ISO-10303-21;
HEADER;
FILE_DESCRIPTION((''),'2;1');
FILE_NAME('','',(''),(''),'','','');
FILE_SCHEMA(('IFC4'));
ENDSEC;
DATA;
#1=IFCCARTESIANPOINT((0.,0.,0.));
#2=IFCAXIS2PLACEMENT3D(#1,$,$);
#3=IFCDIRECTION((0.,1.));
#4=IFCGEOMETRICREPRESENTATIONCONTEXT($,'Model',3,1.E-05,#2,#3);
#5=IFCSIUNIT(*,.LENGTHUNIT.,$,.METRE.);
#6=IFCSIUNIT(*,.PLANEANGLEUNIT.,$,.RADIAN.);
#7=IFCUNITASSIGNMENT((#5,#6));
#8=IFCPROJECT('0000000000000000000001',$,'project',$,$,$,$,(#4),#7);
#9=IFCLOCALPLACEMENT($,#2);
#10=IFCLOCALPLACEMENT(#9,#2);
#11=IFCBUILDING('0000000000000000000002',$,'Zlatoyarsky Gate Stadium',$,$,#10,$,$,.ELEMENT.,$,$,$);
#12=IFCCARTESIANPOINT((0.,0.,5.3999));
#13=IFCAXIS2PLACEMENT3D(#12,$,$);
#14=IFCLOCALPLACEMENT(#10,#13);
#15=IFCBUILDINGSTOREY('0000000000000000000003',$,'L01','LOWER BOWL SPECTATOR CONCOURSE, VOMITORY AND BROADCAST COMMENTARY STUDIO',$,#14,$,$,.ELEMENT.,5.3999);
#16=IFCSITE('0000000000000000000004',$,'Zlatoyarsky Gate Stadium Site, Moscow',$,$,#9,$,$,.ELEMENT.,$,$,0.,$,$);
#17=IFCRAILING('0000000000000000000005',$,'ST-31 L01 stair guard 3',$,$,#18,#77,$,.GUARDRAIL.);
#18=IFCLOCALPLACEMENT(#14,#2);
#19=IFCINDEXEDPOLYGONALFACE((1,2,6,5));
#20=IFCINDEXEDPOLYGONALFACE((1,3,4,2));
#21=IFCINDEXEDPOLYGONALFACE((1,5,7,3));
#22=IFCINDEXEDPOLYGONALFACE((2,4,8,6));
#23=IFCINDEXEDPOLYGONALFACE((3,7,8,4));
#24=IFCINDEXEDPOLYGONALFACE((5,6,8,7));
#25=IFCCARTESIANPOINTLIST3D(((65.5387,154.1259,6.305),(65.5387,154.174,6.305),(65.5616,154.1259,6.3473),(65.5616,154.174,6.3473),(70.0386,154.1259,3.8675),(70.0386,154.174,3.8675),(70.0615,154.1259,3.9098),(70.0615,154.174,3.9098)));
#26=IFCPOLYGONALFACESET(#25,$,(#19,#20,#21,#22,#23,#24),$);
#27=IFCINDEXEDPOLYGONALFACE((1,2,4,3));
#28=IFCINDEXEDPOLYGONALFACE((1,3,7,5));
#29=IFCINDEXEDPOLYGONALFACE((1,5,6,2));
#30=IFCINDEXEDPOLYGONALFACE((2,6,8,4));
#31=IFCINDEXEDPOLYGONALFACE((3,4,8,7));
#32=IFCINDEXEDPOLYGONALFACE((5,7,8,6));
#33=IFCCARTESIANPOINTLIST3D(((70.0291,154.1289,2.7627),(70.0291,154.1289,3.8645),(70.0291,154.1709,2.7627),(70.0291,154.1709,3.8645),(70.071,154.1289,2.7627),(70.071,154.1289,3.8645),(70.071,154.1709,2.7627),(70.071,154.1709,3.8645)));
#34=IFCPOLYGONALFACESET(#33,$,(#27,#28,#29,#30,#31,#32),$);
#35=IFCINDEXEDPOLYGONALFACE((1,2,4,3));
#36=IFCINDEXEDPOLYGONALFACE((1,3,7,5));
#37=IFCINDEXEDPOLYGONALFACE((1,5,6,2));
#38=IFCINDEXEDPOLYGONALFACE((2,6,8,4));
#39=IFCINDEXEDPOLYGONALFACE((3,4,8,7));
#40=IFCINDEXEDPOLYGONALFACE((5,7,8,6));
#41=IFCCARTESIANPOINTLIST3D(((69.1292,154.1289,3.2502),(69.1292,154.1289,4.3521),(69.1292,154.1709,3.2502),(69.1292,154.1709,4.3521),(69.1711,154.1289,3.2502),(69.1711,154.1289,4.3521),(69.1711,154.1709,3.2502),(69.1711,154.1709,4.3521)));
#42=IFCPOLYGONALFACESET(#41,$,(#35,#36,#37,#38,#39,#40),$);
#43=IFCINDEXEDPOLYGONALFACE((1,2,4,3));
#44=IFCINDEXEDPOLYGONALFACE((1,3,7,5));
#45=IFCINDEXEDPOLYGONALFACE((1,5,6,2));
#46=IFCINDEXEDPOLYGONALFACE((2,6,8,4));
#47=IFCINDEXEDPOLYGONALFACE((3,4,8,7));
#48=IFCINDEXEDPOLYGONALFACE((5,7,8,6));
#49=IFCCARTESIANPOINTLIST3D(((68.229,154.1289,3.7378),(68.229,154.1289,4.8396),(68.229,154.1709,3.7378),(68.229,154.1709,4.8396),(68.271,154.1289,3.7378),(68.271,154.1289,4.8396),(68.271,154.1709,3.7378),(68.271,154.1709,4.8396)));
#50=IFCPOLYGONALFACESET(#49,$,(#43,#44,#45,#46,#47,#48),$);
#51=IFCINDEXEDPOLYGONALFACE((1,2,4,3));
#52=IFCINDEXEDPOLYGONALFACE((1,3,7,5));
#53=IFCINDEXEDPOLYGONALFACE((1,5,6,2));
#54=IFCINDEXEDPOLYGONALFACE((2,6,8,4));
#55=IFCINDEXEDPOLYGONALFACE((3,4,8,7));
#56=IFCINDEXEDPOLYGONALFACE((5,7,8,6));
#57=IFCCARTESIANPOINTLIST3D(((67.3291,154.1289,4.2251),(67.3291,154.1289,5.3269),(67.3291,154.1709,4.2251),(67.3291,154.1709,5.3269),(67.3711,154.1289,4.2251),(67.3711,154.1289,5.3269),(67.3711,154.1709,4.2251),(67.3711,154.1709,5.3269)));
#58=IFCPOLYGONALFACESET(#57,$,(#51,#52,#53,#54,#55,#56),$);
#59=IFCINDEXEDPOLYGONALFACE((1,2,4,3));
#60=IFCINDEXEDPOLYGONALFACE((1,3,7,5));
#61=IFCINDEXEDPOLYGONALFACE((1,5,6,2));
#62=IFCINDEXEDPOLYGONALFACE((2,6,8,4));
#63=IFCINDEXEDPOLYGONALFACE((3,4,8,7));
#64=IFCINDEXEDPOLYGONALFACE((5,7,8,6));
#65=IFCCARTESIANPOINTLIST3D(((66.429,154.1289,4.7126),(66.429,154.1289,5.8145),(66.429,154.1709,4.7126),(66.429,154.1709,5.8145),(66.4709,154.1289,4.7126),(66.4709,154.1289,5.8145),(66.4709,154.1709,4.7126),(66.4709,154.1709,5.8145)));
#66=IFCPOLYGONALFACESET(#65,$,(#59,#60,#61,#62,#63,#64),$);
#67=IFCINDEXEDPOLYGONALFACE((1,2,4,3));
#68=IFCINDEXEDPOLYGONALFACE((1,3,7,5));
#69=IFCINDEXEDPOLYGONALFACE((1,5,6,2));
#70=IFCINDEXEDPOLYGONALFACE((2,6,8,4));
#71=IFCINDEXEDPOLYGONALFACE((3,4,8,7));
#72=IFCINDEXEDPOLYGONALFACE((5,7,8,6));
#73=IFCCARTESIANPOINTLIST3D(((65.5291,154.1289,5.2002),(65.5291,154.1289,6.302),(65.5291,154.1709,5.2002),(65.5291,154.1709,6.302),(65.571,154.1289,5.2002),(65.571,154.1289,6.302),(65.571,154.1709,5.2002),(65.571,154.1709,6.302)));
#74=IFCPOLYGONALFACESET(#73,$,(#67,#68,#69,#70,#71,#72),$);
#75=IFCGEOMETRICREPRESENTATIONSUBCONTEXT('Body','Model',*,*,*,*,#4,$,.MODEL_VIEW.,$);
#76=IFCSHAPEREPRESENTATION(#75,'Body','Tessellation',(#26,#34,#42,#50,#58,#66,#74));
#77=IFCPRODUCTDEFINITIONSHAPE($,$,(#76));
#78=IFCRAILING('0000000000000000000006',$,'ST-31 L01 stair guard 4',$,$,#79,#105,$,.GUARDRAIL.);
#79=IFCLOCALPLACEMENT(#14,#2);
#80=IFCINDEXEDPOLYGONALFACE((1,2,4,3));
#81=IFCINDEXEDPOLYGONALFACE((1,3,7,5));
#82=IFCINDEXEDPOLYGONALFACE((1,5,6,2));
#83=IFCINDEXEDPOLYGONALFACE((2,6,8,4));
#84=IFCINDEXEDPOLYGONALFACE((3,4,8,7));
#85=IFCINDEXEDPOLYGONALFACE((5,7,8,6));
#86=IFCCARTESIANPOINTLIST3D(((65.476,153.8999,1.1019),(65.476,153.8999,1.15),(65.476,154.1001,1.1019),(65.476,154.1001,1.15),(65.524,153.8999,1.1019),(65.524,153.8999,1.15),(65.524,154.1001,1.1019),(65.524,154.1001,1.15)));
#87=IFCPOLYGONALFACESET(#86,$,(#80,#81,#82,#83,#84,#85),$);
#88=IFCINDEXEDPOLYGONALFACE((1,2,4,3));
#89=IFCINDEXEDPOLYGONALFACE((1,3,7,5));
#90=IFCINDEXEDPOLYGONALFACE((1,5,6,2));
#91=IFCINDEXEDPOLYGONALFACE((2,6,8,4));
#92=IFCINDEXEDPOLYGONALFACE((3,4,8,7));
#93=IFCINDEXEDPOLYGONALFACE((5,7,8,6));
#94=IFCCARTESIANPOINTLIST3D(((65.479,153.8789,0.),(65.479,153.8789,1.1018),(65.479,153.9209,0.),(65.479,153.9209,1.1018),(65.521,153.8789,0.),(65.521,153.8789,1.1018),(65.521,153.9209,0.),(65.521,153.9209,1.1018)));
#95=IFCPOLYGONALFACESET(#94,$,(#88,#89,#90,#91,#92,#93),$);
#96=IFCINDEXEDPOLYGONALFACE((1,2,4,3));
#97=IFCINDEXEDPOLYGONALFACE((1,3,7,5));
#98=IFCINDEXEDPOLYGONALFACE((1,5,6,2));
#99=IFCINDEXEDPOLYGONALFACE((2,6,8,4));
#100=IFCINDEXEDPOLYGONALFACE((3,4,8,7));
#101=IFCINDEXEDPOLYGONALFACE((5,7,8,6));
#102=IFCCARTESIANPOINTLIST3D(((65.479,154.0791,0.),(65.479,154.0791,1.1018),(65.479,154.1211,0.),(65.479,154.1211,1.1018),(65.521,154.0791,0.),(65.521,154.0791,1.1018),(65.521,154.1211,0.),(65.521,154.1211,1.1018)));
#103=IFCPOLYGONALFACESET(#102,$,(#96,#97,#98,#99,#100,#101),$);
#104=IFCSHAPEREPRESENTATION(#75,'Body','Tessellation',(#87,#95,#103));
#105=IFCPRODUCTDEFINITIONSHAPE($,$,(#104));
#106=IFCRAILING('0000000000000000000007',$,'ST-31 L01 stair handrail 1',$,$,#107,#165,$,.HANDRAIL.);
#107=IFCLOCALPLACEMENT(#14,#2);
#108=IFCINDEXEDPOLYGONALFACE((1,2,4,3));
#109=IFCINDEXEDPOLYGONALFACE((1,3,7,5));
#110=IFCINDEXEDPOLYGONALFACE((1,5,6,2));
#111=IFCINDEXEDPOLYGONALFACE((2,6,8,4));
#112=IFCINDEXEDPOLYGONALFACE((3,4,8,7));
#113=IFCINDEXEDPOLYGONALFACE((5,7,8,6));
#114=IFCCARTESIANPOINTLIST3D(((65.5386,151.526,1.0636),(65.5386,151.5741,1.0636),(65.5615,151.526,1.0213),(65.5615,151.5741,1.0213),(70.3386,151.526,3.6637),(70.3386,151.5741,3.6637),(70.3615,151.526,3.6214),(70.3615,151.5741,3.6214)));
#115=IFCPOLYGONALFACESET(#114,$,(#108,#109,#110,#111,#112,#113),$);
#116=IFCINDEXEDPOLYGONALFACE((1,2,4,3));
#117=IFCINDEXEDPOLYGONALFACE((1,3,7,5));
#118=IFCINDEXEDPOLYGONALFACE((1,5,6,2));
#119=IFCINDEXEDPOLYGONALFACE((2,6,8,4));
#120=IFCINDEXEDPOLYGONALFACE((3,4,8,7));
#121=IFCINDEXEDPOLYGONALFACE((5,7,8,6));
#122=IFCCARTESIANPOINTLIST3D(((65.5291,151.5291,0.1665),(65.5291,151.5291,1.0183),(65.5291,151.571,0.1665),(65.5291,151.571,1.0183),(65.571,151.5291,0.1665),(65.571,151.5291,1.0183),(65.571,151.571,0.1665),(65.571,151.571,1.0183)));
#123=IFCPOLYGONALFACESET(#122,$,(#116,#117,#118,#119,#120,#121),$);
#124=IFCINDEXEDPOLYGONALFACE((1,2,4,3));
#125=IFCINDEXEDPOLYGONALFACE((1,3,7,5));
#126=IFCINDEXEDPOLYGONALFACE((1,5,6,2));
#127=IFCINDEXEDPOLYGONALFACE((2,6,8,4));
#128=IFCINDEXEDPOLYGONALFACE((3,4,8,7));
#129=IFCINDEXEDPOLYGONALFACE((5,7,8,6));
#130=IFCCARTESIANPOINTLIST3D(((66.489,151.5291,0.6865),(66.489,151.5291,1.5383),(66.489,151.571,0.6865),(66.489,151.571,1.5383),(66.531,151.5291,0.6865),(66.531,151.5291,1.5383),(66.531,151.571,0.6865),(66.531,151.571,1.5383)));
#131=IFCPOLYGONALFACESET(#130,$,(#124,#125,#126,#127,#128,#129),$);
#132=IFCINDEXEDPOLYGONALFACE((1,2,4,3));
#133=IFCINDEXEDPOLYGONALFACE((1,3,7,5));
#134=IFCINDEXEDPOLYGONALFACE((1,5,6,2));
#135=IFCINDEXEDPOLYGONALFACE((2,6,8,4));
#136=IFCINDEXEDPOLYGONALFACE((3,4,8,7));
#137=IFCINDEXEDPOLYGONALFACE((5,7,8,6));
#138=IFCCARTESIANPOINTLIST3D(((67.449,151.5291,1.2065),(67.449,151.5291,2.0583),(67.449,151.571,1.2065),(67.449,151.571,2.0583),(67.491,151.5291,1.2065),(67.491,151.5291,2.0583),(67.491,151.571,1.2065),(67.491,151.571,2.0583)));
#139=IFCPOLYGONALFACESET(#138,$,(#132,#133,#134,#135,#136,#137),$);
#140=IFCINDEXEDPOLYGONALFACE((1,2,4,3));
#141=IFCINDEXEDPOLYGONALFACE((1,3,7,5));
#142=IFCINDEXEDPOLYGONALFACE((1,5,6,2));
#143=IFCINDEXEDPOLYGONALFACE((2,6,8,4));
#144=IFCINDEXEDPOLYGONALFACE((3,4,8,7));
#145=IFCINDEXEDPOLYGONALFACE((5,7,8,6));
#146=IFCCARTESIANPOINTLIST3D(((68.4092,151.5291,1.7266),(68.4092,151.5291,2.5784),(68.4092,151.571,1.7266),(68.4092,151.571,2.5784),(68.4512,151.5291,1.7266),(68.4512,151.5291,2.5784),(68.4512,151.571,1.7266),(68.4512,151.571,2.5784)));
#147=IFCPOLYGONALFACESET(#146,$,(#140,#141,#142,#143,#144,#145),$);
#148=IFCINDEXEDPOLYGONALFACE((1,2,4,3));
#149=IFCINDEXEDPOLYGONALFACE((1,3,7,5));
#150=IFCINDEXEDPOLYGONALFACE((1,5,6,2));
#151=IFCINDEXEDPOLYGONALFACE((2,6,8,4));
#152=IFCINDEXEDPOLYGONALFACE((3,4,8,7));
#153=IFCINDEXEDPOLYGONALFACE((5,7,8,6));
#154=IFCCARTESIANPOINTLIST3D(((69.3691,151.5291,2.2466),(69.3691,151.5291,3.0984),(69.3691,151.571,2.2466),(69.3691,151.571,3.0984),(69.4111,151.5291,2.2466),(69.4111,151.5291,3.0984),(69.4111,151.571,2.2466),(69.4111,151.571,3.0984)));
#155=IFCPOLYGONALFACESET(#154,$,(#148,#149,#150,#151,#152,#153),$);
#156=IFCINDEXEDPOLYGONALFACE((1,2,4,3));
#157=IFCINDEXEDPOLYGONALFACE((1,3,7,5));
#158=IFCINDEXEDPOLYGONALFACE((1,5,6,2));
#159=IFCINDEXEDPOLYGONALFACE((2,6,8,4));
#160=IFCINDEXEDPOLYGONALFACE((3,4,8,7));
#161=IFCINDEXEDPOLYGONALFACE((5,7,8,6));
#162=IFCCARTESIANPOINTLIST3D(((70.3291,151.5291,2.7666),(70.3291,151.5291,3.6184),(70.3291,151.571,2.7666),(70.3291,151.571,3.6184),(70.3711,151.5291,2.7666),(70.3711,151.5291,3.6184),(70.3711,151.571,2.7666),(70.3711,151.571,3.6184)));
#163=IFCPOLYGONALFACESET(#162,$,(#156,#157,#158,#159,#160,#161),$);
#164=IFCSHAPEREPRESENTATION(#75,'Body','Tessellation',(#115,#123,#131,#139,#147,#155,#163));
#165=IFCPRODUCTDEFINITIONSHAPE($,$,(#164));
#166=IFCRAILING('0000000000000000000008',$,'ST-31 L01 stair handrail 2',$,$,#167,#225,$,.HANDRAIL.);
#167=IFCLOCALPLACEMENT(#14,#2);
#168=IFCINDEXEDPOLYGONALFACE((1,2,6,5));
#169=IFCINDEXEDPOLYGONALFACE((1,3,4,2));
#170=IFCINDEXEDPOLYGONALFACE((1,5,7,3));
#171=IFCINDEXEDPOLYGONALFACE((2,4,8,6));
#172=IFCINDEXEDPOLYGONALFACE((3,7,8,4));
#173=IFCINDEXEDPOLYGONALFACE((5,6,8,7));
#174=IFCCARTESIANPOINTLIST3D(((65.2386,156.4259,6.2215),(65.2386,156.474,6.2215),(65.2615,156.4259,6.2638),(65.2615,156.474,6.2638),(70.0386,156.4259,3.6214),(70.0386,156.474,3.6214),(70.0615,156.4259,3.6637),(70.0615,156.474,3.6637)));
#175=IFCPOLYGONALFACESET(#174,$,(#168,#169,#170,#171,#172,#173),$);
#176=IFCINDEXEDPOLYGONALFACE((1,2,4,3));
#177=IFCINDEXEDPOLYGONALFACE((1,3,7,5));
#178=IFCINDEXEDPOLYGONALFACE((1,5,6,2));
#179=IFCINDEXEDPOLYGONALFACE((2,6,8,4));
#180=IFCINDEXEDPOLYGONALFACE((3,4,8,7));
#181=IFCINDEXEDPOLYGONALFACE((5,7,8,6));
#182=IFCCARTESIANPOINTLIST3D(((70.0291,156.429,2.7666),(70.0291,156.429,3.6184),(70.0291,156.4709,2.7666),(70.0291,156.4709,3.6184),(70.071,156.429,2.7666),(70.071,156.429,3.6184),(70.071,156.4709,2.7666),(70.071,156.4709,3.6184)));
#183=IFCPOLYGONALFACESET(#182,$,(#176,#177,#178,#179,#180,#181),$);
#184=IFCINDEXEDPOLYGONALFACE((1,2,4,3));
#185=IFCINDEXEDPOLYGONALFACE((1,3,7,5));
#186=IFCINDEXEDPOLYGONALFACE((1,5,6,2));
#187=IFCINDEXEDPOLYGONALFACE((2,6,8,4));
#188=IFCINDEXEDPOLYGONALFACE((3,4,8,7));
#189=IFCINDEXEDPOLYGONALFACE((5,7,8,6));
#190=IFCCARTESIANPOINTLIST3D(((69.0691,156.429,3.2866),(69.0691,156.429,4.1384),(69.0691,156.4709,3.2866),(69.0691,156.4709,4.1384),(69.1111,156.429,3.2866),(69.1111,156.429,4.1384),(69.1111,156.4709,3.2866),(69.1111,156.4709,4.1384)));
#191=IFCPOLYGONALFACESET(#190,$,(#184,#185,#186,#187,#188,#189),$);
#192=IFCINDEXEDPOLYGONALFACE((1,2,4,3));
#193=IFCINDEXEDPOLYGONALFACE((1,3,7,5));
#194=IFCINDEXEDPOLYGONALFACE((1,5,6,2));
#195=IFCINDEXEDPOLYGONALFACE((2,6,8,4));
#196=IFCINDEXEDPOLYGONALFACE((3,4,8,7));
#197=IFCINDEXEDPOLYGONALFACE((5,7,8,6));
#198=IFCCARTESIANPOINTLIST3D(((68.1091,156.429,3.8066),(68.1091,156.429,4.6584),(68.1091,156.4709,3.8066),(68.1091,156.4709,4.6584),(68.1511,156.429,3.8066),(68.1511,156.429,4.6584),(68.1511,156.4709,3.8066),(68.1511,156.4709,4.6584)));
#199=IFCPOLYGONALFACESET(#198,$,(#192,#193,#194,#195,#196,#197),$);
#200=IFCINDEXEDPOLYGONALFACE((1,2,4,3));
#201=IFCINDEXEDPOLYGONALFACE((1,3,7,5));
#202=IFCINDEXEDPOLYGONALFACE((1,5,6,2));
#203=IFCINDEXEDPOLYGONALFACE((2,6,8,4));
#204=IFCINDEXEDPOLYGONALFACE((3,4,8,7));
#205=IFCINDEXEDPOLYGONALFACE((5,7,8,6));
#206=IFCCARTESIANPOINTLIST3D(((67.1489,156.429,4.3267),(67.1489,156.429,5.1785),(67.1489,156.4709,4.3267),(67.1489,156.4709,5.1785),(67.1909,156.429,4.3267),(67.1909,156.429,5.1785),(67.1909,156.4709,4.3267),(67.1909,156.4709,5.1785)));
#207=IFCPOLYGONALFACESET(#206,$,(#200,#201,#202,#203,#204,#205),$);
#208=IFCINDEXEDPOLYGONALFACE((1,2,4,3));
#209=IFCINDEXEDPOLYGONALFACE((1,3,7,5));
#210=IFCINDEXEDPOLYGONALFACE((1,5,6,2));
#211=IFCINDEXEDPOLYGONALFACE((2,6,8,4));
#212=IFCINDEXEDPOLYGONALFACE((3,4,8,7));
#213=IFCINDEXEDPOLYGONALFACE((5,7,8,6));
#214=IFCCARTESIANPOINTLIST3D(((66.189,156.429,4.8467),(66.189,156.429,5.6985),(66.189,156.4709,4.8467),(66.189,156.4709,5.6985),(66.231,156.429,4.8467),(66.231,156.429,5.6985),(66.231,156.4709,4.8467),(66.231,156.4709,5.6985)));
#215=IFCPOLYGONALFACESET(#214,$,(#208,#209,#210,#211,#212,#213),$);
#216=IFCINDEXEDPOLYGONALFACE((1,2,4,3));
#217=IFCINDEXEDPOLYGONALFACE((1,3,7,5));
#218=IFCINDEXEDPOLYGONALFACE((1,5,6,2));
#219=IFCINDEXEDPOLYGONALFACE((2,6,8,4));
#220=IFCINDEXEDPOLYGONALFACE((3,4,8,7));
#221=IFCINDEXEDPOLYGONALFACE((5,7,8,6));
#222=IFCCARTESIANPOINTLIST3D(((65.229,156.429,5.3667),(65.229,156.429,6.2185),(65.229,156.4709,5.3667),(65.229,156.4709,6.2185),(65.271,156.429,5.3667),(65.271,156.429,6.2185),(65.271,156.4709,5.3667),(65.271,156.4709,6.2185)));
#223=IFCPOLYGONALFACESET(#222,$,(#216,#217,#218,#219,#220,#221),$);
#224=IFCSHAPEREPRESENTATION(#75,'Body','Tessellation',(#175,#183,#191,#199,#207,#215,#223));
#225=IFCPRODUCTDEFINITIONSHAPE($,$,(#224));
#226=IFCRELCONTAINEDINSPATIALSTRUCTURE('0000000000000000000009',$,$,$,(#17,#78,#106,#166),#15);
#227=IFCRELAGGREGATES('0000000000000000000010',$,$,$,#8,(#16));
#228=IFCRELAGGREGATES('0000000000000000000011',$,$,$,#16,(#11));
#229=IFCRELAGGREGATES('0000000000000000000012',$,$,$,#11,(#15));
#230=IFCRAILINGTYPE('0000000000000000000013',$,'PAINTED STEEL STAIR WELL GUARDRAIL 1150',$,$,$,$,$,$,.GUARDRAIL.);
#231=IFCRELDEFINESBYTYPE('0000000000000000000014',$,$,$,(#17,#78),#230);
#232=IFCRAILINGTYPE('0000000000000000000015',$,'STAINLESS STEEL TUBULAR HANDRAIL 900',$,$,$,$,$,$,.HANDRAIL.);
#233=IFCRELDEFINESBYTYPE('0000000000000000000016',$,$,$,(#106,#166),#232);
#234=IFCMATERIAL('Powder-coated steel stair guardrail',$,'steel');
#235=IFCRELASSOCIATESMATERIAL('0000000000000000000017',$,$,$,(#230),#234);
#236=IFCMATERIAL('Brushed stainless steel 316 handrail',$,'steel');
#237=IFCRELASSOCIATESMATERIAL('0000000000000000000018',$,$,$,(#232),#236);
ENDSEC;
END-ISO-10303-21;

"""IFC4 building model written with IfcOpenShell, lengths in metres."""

from ifc_helpers import new_model, si_unit, direction, frame, origin, origin_2d, place, context, subcontext, project, spatial, rectangle, extrude, material, type_object, element, save


model = new_model("IFC4")

# Units and contexts
model_context = context("Model", 3, precision=1e-05, world=origin(), true_north=direction((0.0, 1.0)))
body_context = subcontext(model_context, "Body", "Model", "MODEL_VIEW")
ifc_project = project(units=[si_unit("LENGTHUNIT", "METRE"), si_unit("PLANEANGLEUNIT", "RADIAN")], contexts=[model_context])

# Site, building, storey
site_placement = place(None, origin())
site = spatial("IfcSite", under=ifc_project, at=site_placement, Name="Zlatoyarsky Gate Stadium Site, Moscow", CompositionType="ELEMENT", RefElevation=0.0)
building_placement = place(site_placement, origin())
building = spatial("IfcBuilding", under=site, at=building_placement, Name="Zlatoyarsky Gate Stadium", CompositionType="ELEMENT")
storey_placement = place(building_placement, frame((0.0, 0.0, 5.3999)))
storey = spatial("IfcBuildingStorey", under=building, at=storey_placement, Name="L01", Description="LOWER BOWL SPECTATOR CONCOURSE, VOMITORY AND BROADCAST COMMENTARY STUDIO", CompositionType="ELEMENT", Elevation=5.3999)

# Railings
ifc_material_1 = material(Name="Powder-coated steel stair guardrail", Category="steel")
railing_type_1 = type_object("IfcRailingType", Name="PAINTED STEEL STAIR WELL GUARDRAIL 1150", PredefinedType="GUARDRAIL", material=ifc_material_1)
railing_1_placement = place(storey_placement, frame((70.05, 154.1499, 2.7627)))
element("IfcRailing", 1, at=railing_1_placement, inside=storey, type_object=railing_type_1, Name="ST-31 L01 stair guard 3", PredefinedType="GUARDRAIL", context=body_context, shape_type="SweptSolid", body=[
    extrude(rectangle(XDim=0.0481, YDim=0.0481, at=origin_2d()), frame((0.0, 0.0, 1.126), z_axis=(-0.879292, 0.0, 0.476283), x_axis=(0.0, -1.0, 0.0)), (0.0, 0.0, 1.0), 5.1177),
    extrude(rectangle(XDim=0.042, YDim=0.042, at=origin_2d()), origin(), (0.0, 0.0, 1.0), 1.1018),
    extrude(rectangle(XDim=0.042, YDim=0.042, at=origin_2d()), frame((-0.8999, 0.0, 0.4875)), (0.0, 0.0, 1.0), 1.1018),
    extrude(rectangle(XDim=0.042, YDim=0.042, at=origin_2d()), frame((-1.8, 0.0, 0.9751)), (0.0, 0.0, 1.0), 1.1018),
    extrude(rectangle(XDim=0.042, YDim=0.042, at=origin_2d()), frame((-2.7, 0.0, 1.4624)), (0.0, 0.0, 1.0), 1.1018),
    extrude(rectangle(XDim=0.042, YDim=0.042, at=origin_2d()), frame((-3.6001, 0.0, 1.95)), (0.0, 0.0, 1.0), 1.1018),
    extrude(rectangle(XDim=0.042, YDim=0.042, at=origin_2d()), frame((-4.5, 0.0, 2.4375)), (0.0, 0.0, 1.0), 1.1018),
])
railing_2_placement = place(storey_placement, frame((65.5, 153.8999, 0.0)))
element("IfcRailing", 2, at=railing_2_placement, inside=storey, type_object=railing_type_1, Name="ST-31 L01 stair guard 4", PredefinedType="GUARDRAIL", context=body_context, shape_type="SweptSolid", body=[
    extrude(rectangle(XDim=0.0481, YDim=0.0481, at=origin_2d()), frame((0.0, 0.0, 1.126), z_axis=(0.0, 1.0, 0.0), x_axis=(-1.0, 0.0, 0.0)), (0.0, 0.0, 1.0), 0.2002),
    extrude(rectangle(XDim=0.042, YDim=0.042, at=origin_2d()), origin(), (0.0, 0.0, 1.0), 1.1018),
    extrude(rectangle(XDim=0.042, YDim=0.042, at=origin_2d()), frame((0.0, 0.2002, 0.0)), (0.0, 0.0, 1.0), 1.1018),
])
ifc_material_2 = material(Name="Brushed stainless steel 316 handrail", Category="steel")
railing_type_2 = type_object("IfcRailingType", Name="STAINLESS STEEL TUBULAR HANDRAIL 900", PredefinedType="HANDRAIL", material=ifc_material_2)
railing_3_placement = place(storey_placement, frame((65.55, 151.55, 0.1665)))
element("IfcRailing", 3, at=railing_3_placement, inside=storey, type_object=railing_type_2, Name="ST-31 L01 stair handrail 1", PredefinedType="HANDRAIL", context=body_context, shape_type="SweptSolid", body=[
    extrude(rectangle(XDim=0.0481, YDim=0.0481, at=origin_2d()), frame((0.0, 0.0, 0.876), z_axis=(0.879287, 0.0, 0.476293), x_axis=(0.0, 1.0, 0.0)), (0.0, 0.0, 1.0), 5.459),
    extrude(rectangle(XDim=0.042, YDim=0.042, at=origin_2d()), origin(), (0.0, 0.0, 1.0), 0.8518),
    extrude(rectangle(XDim=0.042, YDim=0.042, at=origin_2d()), frame((0.96, 0.0, 0.52)), (0.0, 0.0, 1.0), 0.8518),
    extrude(rectangle(XDim=0.042, YDim=0.042, at=origin_2d()), frame((1.9199, 0.0, 1.04)), (0.0, 0.0, 1.0), 0.8518),
    extrude(rectangle(XDim=0.042, YDim=0.042, at=origin_2d()), frame((2.8801, 0.0, 1.5601)), (0.0, 0.0, 1.0), 0.8518),
    extrude(rectangle(XDim=0.042, YDim=0.042, at=origin_2d()), frame((3.8401, 0.0, 2.0801)), (0.0, 0.0, 1.0), 0.8518),
    extrude(rectangle(XDim=0.042, YDim=0.042, at=origin_2d()), frame((4.8, 0.0, 2.6001)), (0.0, 0.0, 1.0), 0.8518),
])
railing_4_placement = place(storey_placement, frame((70.05, 156.45, 2.7666)))
element("IfcRailing", 4, at=railing_4_placement, inside=storey, type_object=railing_type_2, Name="ST-31 L01 stair handrail 2", PredefinedType="HANDRAIL", context=body_context, shape_type="SweptSolid", body=[
    extrude(rectangle(XDim=0.0481, YDim=0.0481, at=origin_2d()), frame((0.0, 0.0, 0.876), z_axis=(-0.879287, 0.0, 0.476293), x_axis=(0.0, -1.0, 0.0)), (0.0, 0.0, 1.0), 5.459),
    extrude(rectangle(XDim=0.042, YDim=0.042, at=origin_2d()), origin(), (0.0, 0.0, 1.0), 0.8518),
    extrude(rectangle(XDim=0.042, YDim=0.042, at=origin_2d()), frame((-0.96, 0.0, 0.52)), (0.0, 0.0, 1.0), 0.8518),
    extrude(rectangle(XDim=0.042, YDim=0.042, at=origin_2d()), frame((-1.9199, 0.0, 1.04)), (0.0, 0.0, 1.0), 0.8518),
    extrude(rectangle(XDim=0.042, YDim=0.042, at=origin_2d()), frame((-2.8801, 0.0, 1.5601)), (0.0, 0.0, 1.0), 0.8518),
    extrude(rectangle(XDim=0.042, YDim=0.042, at=origin_2d()), frame((-3.8401, 0.0, 2.0801)), (0.0, 0.0, 1.0), 0.8518),
    extrude(rectangle(XDim=0.042, YDim=0.042, at=origin_2d()), frame((-4.8, 0.0, 2.6001)), (0.0, 0.0, 1.0), 0.8518),
])

save(model, "model.ifc")
